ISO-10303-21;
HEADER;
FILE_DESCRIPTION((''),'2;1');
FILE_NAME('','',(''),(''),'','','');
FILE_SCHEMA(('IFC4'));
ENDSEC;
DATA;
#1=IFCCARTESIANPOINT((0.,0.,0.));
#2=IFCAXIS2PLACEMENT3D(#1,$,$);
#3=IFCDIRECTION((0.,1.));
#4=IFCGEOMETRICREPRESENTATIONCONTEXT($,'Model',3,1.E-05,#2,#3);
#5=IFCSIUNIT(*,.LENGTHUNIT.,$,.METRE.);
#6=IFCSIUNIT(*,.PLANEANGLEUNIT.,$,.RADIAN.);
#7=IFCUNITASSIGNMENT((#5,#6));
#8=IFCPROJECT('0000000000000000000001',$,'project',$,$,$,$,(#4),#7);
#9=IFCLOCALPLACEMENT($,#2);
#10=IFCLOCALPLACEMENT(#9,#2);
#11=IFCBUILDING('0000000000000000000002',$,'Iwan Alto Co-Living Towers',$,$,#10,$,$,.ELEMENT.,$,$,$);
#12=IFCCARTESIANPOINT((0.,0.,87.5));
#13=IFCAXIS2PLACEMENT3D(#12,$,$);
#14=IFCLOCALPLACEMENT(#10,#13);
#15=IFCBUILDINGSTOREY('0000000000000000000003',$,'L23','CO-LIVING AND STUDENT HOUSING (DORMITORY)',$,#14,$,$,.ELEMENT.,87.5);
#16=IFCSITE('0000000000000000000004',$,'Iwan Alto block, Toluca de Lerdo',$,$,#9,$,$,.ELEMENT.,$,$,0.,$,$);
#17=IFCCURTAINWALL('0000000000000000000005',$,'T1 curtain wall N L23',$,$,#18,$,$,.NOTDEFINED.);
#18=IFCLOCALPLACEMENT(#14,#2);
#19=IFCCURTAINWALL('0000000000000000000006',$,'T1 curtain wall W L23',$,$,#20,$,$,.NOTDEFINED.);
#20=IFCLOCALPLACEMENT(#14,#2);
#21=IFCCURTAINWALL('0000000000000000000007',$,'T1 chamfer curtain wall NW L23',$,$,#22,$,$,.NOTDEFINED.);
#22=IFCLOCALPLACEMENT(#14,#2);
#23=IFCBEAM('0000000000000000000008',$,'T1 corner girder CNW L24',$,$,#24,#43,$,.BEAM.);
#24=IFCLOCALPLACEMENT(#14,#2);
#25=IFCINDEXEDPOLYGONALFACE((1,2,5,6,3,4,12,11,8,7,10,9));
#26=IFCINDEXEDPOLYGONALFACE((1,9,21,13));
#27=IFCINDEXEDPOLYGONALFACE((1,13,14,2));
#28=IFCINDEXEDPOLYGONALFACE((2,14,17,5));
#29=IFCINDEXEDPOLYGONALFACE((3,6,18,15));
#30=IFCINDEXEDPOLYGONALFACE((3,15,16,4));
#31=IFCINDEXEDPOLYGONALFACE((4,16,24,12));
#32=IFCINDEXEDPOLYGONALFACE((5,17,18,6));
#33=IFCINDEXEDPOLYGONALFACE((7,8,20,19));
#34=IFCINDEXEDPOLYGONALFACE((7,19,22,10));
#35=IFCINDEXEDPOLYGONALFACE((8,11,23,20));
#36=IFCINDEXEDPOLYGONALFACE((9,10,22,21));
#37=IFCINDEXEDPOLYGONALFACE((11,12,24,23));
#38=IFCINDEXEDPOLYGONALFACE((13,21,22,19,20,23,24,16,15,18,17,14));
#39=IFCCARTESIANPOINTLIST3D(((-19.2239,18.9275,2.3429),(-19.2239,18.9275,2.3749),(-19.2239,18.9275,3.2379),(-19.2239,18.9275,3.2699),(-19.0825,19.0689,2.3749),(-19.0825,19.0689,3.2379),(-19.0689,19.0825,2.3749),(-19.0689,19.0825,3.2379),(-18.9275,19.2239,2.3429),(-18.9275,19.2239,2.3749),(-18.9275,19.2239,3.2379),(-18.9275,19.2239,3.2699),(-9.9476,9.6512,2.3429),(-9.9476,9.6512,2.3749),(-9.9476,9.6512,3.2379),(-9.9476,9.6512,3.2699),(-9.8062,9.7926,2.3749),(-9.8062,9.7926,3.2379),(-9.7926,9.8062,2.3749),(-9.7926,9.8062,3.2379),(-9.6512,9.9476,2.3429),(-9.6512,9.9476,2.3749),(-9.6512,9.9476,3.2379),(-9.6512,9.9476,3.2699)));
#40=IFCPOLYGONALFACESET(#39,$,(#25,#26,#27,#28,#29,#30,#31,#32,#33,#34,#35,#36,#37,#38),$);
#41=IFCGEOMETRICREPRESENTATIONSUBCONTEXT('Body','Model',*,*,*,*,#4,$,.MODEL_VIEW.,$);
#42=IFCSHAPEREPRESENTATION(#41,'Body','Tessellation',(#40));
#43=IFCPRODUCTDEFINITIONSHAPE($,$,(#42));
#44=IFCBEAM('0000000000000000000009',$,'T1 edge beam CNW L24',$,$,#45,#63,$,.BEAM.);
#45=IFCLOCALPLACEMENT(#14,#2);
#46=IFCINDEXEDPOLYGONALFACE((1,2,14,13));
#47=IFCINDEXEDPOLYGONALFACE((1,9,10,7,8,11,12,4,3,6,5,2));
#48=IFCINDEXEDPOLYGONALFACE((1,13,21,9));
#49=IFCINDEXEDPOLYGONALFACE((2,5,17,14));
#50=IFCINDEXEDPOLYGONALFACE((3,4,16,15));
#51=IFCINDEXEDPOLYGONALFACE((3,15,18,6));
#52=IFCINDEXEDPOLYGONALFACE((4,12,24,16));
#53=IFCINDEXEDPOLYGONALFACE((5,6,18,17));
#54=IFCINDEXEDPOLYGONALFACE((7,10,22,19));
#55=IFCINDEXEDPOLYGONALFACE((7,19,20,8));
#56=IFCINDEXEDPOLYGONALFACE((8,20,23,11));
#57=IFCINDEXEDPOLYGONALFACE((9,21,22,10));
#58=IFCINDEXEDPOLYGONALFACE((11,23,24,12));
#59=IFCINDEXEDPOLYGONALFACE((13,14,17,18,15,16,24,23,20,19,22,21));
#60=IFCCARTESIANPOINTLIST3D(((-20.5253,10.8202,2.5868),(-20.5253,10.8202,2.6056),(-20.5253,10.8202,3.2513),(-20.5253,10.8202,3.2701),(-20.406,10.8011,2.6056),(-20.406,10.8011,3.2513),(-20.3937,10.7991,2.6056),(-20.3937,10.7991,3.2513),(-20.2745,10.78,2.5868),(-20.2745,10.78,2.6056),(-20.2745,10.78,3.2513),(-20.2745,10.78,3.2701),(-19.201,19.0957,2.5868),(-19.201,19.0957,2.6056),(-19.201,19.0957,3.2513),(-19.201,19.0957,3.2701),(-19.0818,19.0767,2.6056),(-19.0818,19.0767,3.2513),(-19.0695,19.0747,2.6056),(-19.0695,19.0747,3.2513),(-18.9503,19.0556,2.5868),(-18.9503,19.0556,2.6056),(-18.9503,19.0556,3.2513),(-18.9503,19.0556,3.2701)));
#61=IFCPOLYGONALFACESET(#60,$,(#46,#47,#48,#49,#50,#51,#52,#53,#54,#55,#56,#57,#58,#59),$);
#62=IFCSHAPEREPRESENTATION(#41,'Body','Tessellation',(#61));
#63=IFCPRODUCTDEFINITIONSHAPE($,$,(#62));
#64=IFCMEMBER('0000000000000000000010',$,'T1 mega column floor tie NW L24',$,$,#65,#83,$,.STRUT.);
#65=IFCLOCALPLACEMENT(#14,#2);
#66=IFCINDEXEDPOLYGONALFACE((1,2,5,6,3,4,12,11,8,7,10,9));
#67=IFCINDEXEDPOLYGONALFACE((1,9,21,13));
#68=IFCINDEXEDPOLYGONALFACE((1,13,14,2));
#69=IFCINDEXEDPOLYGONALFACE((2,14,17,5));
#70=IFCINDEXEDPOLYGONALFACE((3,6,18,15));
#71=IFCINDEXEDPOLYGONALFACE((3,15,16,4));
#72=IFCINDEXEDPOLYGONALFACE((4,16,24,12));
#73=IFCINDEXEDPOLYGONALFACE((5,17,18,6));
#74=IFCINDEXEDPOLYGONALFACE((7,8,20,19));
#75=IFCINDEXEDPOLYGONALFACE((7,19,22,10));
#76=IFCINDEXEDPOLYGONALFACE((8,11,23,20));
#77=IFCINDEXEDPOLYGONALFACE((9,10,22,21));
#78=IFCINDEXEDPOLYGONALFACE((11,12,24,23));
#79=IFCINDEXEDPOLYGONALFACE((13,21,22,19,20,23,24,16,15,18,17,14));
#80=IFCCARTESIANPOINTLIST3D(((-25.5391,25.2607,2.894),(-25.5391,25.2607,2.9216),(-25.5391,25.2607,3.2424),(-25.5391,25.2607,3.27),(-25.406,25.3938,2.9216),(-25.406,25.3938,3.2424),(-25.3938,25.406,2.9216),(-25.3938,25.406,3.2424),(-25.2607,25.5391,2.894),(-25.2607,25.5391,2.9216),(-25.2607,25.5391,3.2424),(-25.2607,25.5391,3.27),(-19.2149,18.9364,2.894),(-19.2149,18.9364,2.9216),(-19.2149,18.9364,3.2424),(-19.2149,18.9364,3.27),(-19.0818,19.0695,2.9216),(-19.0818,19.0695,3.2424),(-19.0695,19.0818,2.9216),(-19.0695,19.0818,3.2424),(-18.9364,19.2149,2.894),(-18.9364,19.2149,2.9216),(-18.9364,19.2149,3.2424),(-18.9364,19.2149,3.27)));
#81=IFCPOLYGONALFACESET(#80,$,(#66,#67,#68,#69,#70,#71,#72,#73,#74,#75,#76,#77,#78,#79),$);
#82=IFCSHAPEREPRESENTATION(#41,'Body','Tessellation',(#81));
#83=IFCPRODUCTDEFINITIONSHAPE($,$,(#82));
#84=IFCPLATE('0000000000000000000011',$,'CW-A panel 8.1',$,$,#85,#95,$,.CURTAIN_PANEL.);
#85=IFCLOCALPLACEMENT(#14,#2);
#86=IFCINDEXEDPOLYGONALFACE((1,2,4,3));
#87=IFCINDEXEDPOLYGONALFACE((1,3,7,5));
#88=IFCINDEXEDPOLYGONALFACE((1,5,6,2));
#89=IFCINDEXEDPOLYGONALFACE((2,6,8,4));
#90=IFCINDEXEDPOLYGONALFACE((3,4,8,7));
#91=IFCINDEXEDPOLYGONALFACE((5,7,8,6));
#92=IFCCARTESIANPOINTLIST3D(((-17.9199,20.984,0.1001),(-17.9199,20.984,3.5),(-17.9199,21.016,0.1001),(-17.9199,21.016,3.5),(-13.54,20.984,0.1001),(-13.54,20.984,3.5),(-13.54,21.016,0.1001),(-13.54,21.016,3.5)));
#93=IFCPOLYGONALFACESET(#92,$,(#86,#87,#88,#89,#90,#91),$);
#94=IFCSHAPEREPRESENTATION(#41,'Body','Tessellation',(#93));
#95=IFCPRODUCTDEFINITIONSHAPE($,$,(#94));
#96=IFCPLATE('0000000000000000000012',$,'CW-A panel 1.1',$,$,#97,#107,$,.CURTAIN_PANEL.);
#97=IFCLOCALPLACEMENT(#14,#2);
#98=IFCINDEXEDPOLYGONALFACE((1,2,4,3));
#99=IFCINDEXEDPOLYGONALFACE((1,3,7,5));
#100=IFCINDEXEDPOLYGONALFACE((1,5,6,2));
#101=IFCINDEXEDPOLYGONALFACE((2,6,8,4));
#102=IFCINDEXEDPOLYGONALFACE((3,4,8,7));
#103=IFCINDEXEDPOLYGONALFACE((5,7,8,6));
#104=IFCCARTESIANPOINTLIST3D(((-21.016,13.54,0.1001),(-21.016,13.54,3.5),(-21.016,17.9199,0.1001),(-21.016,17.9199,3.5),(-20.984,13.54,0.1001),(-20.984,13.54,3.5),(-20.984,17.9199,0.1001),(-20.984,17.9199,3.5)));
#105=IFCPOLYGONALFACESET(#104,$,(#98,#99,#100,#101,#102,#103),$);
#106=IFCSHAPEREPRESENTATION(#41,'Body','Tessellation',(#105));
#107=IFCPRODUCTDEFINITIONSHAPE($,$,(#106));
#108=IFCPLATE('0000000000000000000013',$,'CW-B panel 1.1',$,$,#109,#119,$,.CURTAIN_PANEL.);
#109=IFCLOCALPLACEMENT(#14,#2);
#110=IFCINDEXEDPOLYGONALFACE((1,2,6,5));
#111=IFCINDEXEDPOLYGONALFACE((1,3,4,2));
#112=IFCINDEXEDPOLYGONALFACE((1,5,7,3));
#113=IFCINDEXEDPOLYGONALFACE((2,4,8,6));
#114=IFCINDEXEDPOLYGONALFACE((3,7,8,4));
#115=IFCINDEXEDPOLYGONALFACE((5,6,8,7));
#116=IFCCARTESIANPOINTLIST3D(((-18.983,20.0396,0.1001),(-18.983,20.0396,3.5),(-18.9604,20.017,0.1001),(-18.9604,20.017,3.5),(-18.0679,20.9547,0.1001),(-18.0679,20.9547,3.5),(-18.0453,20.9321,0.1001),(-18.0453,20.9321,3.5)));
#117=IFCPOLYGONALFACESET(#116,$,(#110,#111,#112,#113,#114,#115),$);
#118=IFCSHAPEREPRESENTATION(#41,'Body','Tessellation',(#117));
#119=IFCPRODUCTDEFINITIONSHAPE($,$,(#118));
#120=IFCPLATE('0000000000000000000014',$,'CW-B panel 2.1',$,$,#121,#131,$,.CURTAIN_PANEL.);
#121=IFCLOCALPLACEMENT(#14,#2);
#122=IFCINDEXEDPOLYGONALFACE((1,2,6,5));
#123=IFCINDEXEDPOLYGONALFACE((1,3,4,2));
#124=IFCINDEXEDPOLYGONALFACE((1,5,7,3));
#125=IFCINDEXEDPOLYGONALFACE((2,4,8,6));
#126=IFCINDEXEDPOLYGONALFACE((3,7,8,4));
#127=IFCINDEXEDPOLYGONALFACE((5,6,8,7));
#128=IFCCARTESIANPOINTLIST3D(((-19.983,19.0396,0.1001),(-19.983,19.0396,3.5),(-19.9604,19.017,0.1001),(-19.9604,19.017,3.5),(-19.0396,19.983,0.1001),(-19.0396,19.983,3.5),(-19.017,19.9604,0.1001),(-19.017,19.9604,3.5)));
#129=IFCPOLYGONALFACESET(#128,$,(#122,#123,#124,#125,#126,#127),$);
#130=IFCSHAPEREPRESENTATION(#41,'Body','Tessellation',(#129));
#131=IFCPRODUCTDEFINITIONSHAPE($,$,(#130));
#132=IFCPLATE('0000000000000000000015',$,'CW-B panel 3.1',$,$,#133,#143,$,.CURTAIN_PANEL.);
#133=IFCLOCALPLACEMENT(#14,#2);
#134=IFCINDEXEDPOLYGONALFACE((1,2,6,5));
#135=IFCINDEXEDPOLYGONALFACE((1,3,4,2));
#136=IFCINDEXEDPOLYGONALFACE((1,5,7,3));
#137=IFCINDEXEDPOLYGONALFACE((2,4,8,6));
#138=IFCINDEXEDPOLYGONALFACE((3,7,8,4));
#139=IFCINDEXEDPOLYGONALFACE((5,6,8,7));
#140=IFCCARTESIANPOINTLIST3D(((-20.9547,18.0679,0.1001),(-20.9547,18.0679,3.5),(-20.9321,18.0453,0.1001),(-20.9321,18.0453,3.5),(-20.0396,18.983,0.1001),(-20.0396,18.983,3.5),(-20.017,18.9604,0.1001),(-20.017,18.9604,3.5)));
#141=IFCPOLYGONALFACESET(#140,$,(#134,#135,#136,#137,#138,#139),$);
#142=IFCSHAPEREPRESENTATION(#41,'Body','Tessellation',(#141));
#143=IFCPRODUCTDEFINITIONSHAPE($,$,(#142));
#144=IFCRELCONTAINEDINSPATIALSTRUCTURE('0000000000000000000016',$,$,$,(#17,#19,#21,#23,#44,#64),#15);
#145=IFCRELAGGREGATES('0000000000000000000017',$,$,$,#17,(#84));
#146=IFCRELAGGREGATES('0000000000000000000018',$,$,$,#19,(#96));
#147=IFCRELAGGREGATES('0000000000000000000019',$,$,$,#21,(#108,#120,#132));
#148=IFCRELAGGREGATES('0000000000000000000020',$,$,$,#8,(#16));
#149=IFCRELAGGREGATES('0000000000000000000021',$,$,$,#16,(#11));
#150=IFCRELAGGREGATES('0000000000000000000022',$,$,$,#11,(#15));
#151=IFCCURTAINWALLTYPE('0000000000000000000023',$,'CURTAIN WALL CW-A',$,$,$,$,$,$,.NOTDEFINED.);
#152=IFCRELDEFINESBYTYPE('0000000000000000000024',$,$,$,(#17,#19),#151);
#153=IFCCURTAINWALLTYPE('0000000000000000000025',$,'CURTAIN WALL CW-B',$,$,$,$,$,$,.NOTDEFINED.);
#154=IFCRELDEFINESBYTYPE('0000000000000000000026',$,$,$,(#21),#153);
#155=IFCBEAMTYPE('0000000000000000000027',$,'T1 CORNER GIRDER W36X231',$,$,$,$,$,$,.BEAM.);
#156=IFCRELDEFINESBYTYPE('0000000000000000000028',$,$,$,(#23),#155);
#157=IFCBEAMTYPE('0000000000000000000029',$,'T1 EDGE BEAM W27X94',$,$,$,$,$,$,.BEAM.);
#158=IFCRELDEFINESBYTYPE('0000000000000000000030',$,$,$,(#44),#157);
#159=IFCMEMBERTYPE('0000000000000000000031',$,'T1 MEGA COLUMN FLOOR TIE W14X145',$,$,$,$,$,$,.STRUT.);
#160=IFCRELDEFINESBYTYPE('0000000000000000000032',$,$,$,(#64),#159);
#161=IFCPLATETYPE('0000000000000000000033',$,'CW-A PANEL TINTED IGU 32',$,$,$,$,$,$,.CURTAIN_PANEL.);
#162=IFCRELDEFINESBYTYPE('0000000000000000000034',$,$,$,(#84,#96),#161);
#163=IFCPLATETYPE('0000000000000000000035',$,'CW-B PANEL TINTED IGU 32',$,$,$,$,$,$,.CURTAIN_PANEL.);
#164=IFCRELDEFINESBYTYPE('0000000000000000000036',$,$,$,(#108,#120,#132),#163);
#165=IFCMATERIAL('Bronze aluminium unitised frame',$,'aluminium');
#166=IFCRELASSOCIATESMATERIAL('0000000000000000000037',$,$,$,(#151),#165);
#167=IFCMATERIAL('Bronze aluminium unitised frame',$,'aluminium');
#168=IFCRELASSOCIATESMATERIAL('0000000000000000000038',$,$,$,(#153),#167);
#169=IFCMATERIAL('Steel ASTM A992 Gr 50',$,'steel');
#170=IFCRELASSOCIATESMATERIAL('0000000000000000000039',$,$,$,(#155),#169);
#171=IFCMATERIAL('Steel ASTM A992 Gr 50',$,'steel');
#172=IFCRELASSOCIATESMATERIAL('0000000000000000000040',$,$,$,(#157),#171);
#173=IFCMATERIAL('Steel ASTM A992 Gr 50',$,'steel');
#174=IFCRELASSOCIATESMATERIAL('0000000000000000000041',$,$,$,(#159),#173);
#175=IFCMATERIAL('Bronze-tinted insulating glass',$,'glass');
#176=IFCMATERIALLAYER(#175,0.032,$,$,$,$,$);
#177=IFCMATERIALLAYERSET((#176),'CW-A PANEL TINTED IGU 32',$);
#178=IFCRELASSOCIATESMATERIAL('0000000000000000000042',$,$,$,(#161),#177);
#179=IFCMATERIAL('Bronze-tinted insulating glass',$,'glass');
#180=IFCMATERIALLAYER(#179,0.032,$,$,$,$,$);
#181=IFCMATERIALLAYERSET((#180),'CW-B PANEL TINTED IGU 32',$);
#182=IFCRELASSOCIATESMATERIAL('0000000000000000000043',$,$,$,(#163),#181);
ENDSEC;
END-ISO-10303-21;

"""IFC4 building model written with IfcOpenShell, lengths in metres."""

from ifc_helpers import new_model, si_unit, direction, frame, origin, origin_2d, place, context, subcontext, project, spatial, rectangle, i_section, extrude, material, layer, layer_set, material_profile, profile_set, type_object, element, aggregate, save


model = new_model("IFC4")

# Units and contexts
model_context = context("Model", 3, precision=1e-05, world=origin(), true_north=direction((0.0, 1.0)))
body_context = subcontext(model_context, "Body", "Model", "MODEL_VIEW")
ifc_project = project(units=[si_unit("LENGTHUNIT", "METRE"), si_unit("PLANEANGLEUNIT", "RADIAN")], contexts=[model_context])

# Site, building, storey
site_placement = place(None, origin())
site = spatial("IfcSite", under=ifc_project, at=site_placement, Name="Iwan Alto block, Toluca de Lerdo", CompositionType="ELEMENT", RefElevation=0.0)
building_placement = place(site_placement, origin())
building = spatial("IfcBuilding", under=site, at=building_placement, Name="Iwan Alto Co-Living Towers", CompositionType="ELEMENT")
storey_placement = place(building_placement, frame((0.0, 0.0, 87.5)))
storey = spatial("IfcBuildingStorey", under=building, at=storey_placement, Name="L23", Description="CO-LIVING AND STUDENT HOUSING (DORMITORY)", CompositionType="ELEMENT", Elevation=87.5)

# Curtain wall
ifc_material_1 = material(Name="Bronze aluminium unitised frame", Category="aluminium")
curtain_wall_type_1 = type_object("IfcCurtainWallType", Name="CURTAIN WALL CW-A", PredefinedType="NOTDEFINED", material=ifc_material_1)
curtain_wall_1_placement = place(storey_placement, origin())
curtain_wall_1 = element("IfcCurtainWall", 1, at=curtain_wall_1_placement, inside=storey, type_object=curtain_wall_type_1, Name="T1 curtain wall N L23", PredefinedType="NOTDEFINED")

# Curtain walls
curtain_wall_2_placement = place(storey_placement, origin())
curtain_wall_2 = element("IfcCurtainWall", 2, at=curtain_wall_2_placement, inside=storey, type_object=curtain_wall_type_1, Name="T1 curtain wall W L23", PredefinedType="NOTDEFINED")
ifc_material_2 = material(Name="Bronze aluminium unitised frame", Category="aluminium")
curtain_wall_type_2 = type_object("IfcCurtainWallType", Name="CURTAIN WALL CW-B", PredefinedType="NOTDEFINED", material=ifc_material_2)
curtain_wall_3_placement = place(storey_placement, origin())
curtain_wall_3 = element("IfcCurtainWall", 3, at=curtain_wall_3_placement, inside=storey, type_object=curtain_wall_type_2, Name="T1 chamfer curtain wall NW L23", PredefinedType="NOTDEFINED")

# Beams
ifc_material_3 = material(Name="Steel ASTM A992 Gr 50", Category="steel")
ifc_material_profile_1 = material_profile(ifc_material_3, i_section(OverallWidth=0.4192, OverallDepth=0.927, WebThickness=0.0193, FlangeThickness=0.032, at=origin_2d()), Name="W36X231")
ifc_profile_set_1 = profile_set([ifc_material_profile_1], Name="Steel ASTM A992 Gr 50")
beam_type_1 = type_object("IfcBeamType", Name="T1 CORNER GIRDER W36X231", PredefinedType="BEAM", material=ifc_profile_set_1)
beam_1_placement = place(storey_placement, frame((-19.0757, 19.0757, 2.8064), z_axis=(0.707107, -0.707107, 0.0), x_axis=(0.707107, 0.707107, 0.0)))
element("IfcBeam", 4, at=beam_1_placement, inside=storey, type_object=beam_type_1, Name="T1 corner girder CNW L24", PredefinedType="BEAM", context=body_context, shape_type="SweptSolid", body=[
    extrude(i_section(OverallWidth=0.4192, OverallDepth=0.927, WebThickness=0.0193, FlangeThickness=0.032, at=origin_2d()), origin(), (0.0, 0.0, 1.0), 13.1187),
])
ifc_material_4 = material(Name="Steel ASTM A992 Gr 50", Category="steel")
ifc_material_profile_2 = material_profile(ifc_material_4, i_section(OverallWidth=0.2539, OverallDepth=0.6833, WebThickness=0.0125, FlangeThickness=0.0188, at=origin_2d()), Name="W27X94")
ifc_profile_set_2 = profile_set([ifc_material_profile_2], Name="Steel ASTM A992 Gr 50")
beam_type_2 = type_object("IfcBeamType", Name="T1 EDGE BEAM W27X94", PredefinedType="BEAM", material=ifc_profile_set_2)
beam_2_placement = place(storey_placement, frame((-19.0757, 19.0757, 2.9285), z_axis=(-0.158004, -0.987438, 0.0), x_axis=(0.987438, -0.158004, 0.0)))
element("IfcBeam", 5, at=beam_2_placement, inside=storey, type_object=beam_type_2, Name="T1 edge beam CNW L24", PredefinedType="BEAM", context=body_context, shape_type="SweptSolid", body=[
    extrude(i_section(OverallWidth=0.2539, OverallDepth=0.6833, WebThickness=0.0125, FlangeThickness=0.0188, at=origin_2d()), origin(), (0.0, 0.0, 1.0), 8.3809),
])

# Member
ifc_material_5 = material(Name="Steel ASTM A992 Gr 50", Category="steel")
ifc_material_profile_3 = material_profile(ifc_material_5, i_section(OverallWidth=0.3938, OverallDepth=0.376, WebThickness=0.0173, FlangeThickness=0.0276, at=origin_2d()), Name="W14X145")
ifc_profile_set_3 = profile_set([ifc_material_profile_3], Name="Steel ASTM A992 Gr 50")
member_type_1 = type_object("IfcMemberType", Name="T1 MEGA COLUMN FLOOR TIE W14X145", PredefinedType="STRUT", material=ifc_profile_set_3)
member_1_placement = place(storey_placement, frame((-25.3999, 25.3999, 3.082), z_axis=(0.707107, -0.707107, 0.0), x_axis=(0.707107, 0.707107, 0.0)))
element("IfcMember", 6, at=member_1_placement, inside=storey, type_object=member_type_1, Name="T1 mega column floor tie NW L24", PredefinedType="STRUT", context=body_context, shape_type="SweptSolid", body=[
    extrude(i_section(OverallWidth=0.3938, OverallDepth=0.376, WebThickness=0.0173, FlangeThickness=0.0276, at=origin_2d()), origin(), (0.0, 0.0, 1.0), 8.9438),
])

# Plates
ifc_material_6 = material(Name="Bronze-tinted insulating glass", Category="glass")
ifc_layer_1 = layer(ifc_material_6, 0.032)
ifc_layer_set_1 = layer_set([ifc_layer_1], Name="CW-A PANEL TINTED IGU 32")
plate_type_1 = type_object("IfcPlateType", Name="CW-A PANEL TINTED IGU 32", PredefinedType="CURTAIN_PANEL", material=ifc_layer_set_1)
plate_1_placement = place(storey_placement, frame((-15.73, 21.0, 0.1001), z_axis=(0.0, 0.0, 1.0), x_axis=(-1.0, 0.0, 0.0)))
plate_1 = element("IfcPlate", 7, at=plate_1_placement, type_object=plate_type_1, Name="CW-A panel 8.1", PredefinedType="CURTAIN_PANEL", context=body_context, shape_type="SweptSolid", body=[
    extrude(rectangle(XDim=4.3799, YDim=0.032, at=origin_2d()), origin(), (0.0, 0.0, 1.0), 3.3999),
])
aggregate(curtain_wall_1, [plate_1])
plate_2_placement = place(storey_placement, frame((-21.0, 15.73, 0.1001), z_axis=(0.0, 0.0, 1.0), x_axis=(0.0, -1.0, 0.0)))
plate_2 = element("IfcPlate", 8, at=plate_2_placement, type_object=plate_type_1, Name="CW-A panel 1.1", PredefinedType="CURTAIN_PANEL", context=body_context, shape_type="SweptSolid", body=[
    extrude(rectangle(XDim=4.3799, YDim=0.032, at=origin_2d()), origin(), (0.0, 0.0, 1.0), 3.3999),
])
aggregate(curtain_wall_2, [plate_2])
ifc_material_7 = material(Name="Bronze-tinted insulating glass", Category="glass")
ifc_layer_2 = layer(ifc_material_7, 0.032)
ifc_layer_set_2 = layer_set([ifc_layer_2], Name="CW-B PANEL TINTED IGU 32")
plate_type_2 = type_object("IfcPlateType", Name="CW-B PANEL TINTED IGU 32", PredefinedType="CURTAIN_PANEL", material=ifc_layer_set_2)
plate_3_placement = place(storey_placement, frame((-18.5142, 20.4858, 0.1001), z_axis=(0.0, 0.0, 1.0), x_axis=(-0.707107, -0.707107, 0.0)))
plate_3 = element("IfcPlate", 9, at=plate_3_placement, type_object=plate_type_2, Name="CW-B panel 1.1", PredefinedType="CURTAIN_PANEL", context=body_context, shape_type="SweptSolid", body=[
    extrude(rectangle(XDim=1.2942, YDim=0.032, at=origin_2d()), origin(), (0.0, 0.0, 1.0), 3.3999),
])
plate_4_placement = place(storey_placement, frame((-19.5, 19.5, 0.1001), z_axis=(0.0, 0.0, 1.0), x_axis=(-0.707107, -0.707107, 0.0)))
plate_4 = element("IfcPlate", 10, at=plate_4_placement, type_object=plate_type_2, Name="CW-B panel 2.1", PredefinedType="CURTAIN_PANEL", context=body_context, shape_type="SweptSolid", body=[
    extrude(rectangle(XDim=1.3342, YDim=0.032, at=origin_2d()), origin(), (0.0, 0.0, 1.0), 3.3999),
])
plate_5_placement = place(storey_placement, frame((-20.4858, 18.5142, 0.1001), z_axis=(0.0, 0.0, 1.0), x_axis=(-0.707107, -0.707107, 0.0)))
plate_5 = element("IfcPlate", 11, at=plate_5_placement, type_object=plate_type_2, Name="CW-B panel 3.1", PredefinedType="CURTAIN_PANEL", context=body_context, shape_type="SweptSolid", body=[
    extrude(rectangle(XDim=1.2942, YDim=0.032, at=origin_2d()), origin(), (0.0, 0.0, 1.0), 3.3999),
])
aggregate(curtain_wall_3, [plate_3, plate_4, plate_5])

save(model, "model.ifc")
